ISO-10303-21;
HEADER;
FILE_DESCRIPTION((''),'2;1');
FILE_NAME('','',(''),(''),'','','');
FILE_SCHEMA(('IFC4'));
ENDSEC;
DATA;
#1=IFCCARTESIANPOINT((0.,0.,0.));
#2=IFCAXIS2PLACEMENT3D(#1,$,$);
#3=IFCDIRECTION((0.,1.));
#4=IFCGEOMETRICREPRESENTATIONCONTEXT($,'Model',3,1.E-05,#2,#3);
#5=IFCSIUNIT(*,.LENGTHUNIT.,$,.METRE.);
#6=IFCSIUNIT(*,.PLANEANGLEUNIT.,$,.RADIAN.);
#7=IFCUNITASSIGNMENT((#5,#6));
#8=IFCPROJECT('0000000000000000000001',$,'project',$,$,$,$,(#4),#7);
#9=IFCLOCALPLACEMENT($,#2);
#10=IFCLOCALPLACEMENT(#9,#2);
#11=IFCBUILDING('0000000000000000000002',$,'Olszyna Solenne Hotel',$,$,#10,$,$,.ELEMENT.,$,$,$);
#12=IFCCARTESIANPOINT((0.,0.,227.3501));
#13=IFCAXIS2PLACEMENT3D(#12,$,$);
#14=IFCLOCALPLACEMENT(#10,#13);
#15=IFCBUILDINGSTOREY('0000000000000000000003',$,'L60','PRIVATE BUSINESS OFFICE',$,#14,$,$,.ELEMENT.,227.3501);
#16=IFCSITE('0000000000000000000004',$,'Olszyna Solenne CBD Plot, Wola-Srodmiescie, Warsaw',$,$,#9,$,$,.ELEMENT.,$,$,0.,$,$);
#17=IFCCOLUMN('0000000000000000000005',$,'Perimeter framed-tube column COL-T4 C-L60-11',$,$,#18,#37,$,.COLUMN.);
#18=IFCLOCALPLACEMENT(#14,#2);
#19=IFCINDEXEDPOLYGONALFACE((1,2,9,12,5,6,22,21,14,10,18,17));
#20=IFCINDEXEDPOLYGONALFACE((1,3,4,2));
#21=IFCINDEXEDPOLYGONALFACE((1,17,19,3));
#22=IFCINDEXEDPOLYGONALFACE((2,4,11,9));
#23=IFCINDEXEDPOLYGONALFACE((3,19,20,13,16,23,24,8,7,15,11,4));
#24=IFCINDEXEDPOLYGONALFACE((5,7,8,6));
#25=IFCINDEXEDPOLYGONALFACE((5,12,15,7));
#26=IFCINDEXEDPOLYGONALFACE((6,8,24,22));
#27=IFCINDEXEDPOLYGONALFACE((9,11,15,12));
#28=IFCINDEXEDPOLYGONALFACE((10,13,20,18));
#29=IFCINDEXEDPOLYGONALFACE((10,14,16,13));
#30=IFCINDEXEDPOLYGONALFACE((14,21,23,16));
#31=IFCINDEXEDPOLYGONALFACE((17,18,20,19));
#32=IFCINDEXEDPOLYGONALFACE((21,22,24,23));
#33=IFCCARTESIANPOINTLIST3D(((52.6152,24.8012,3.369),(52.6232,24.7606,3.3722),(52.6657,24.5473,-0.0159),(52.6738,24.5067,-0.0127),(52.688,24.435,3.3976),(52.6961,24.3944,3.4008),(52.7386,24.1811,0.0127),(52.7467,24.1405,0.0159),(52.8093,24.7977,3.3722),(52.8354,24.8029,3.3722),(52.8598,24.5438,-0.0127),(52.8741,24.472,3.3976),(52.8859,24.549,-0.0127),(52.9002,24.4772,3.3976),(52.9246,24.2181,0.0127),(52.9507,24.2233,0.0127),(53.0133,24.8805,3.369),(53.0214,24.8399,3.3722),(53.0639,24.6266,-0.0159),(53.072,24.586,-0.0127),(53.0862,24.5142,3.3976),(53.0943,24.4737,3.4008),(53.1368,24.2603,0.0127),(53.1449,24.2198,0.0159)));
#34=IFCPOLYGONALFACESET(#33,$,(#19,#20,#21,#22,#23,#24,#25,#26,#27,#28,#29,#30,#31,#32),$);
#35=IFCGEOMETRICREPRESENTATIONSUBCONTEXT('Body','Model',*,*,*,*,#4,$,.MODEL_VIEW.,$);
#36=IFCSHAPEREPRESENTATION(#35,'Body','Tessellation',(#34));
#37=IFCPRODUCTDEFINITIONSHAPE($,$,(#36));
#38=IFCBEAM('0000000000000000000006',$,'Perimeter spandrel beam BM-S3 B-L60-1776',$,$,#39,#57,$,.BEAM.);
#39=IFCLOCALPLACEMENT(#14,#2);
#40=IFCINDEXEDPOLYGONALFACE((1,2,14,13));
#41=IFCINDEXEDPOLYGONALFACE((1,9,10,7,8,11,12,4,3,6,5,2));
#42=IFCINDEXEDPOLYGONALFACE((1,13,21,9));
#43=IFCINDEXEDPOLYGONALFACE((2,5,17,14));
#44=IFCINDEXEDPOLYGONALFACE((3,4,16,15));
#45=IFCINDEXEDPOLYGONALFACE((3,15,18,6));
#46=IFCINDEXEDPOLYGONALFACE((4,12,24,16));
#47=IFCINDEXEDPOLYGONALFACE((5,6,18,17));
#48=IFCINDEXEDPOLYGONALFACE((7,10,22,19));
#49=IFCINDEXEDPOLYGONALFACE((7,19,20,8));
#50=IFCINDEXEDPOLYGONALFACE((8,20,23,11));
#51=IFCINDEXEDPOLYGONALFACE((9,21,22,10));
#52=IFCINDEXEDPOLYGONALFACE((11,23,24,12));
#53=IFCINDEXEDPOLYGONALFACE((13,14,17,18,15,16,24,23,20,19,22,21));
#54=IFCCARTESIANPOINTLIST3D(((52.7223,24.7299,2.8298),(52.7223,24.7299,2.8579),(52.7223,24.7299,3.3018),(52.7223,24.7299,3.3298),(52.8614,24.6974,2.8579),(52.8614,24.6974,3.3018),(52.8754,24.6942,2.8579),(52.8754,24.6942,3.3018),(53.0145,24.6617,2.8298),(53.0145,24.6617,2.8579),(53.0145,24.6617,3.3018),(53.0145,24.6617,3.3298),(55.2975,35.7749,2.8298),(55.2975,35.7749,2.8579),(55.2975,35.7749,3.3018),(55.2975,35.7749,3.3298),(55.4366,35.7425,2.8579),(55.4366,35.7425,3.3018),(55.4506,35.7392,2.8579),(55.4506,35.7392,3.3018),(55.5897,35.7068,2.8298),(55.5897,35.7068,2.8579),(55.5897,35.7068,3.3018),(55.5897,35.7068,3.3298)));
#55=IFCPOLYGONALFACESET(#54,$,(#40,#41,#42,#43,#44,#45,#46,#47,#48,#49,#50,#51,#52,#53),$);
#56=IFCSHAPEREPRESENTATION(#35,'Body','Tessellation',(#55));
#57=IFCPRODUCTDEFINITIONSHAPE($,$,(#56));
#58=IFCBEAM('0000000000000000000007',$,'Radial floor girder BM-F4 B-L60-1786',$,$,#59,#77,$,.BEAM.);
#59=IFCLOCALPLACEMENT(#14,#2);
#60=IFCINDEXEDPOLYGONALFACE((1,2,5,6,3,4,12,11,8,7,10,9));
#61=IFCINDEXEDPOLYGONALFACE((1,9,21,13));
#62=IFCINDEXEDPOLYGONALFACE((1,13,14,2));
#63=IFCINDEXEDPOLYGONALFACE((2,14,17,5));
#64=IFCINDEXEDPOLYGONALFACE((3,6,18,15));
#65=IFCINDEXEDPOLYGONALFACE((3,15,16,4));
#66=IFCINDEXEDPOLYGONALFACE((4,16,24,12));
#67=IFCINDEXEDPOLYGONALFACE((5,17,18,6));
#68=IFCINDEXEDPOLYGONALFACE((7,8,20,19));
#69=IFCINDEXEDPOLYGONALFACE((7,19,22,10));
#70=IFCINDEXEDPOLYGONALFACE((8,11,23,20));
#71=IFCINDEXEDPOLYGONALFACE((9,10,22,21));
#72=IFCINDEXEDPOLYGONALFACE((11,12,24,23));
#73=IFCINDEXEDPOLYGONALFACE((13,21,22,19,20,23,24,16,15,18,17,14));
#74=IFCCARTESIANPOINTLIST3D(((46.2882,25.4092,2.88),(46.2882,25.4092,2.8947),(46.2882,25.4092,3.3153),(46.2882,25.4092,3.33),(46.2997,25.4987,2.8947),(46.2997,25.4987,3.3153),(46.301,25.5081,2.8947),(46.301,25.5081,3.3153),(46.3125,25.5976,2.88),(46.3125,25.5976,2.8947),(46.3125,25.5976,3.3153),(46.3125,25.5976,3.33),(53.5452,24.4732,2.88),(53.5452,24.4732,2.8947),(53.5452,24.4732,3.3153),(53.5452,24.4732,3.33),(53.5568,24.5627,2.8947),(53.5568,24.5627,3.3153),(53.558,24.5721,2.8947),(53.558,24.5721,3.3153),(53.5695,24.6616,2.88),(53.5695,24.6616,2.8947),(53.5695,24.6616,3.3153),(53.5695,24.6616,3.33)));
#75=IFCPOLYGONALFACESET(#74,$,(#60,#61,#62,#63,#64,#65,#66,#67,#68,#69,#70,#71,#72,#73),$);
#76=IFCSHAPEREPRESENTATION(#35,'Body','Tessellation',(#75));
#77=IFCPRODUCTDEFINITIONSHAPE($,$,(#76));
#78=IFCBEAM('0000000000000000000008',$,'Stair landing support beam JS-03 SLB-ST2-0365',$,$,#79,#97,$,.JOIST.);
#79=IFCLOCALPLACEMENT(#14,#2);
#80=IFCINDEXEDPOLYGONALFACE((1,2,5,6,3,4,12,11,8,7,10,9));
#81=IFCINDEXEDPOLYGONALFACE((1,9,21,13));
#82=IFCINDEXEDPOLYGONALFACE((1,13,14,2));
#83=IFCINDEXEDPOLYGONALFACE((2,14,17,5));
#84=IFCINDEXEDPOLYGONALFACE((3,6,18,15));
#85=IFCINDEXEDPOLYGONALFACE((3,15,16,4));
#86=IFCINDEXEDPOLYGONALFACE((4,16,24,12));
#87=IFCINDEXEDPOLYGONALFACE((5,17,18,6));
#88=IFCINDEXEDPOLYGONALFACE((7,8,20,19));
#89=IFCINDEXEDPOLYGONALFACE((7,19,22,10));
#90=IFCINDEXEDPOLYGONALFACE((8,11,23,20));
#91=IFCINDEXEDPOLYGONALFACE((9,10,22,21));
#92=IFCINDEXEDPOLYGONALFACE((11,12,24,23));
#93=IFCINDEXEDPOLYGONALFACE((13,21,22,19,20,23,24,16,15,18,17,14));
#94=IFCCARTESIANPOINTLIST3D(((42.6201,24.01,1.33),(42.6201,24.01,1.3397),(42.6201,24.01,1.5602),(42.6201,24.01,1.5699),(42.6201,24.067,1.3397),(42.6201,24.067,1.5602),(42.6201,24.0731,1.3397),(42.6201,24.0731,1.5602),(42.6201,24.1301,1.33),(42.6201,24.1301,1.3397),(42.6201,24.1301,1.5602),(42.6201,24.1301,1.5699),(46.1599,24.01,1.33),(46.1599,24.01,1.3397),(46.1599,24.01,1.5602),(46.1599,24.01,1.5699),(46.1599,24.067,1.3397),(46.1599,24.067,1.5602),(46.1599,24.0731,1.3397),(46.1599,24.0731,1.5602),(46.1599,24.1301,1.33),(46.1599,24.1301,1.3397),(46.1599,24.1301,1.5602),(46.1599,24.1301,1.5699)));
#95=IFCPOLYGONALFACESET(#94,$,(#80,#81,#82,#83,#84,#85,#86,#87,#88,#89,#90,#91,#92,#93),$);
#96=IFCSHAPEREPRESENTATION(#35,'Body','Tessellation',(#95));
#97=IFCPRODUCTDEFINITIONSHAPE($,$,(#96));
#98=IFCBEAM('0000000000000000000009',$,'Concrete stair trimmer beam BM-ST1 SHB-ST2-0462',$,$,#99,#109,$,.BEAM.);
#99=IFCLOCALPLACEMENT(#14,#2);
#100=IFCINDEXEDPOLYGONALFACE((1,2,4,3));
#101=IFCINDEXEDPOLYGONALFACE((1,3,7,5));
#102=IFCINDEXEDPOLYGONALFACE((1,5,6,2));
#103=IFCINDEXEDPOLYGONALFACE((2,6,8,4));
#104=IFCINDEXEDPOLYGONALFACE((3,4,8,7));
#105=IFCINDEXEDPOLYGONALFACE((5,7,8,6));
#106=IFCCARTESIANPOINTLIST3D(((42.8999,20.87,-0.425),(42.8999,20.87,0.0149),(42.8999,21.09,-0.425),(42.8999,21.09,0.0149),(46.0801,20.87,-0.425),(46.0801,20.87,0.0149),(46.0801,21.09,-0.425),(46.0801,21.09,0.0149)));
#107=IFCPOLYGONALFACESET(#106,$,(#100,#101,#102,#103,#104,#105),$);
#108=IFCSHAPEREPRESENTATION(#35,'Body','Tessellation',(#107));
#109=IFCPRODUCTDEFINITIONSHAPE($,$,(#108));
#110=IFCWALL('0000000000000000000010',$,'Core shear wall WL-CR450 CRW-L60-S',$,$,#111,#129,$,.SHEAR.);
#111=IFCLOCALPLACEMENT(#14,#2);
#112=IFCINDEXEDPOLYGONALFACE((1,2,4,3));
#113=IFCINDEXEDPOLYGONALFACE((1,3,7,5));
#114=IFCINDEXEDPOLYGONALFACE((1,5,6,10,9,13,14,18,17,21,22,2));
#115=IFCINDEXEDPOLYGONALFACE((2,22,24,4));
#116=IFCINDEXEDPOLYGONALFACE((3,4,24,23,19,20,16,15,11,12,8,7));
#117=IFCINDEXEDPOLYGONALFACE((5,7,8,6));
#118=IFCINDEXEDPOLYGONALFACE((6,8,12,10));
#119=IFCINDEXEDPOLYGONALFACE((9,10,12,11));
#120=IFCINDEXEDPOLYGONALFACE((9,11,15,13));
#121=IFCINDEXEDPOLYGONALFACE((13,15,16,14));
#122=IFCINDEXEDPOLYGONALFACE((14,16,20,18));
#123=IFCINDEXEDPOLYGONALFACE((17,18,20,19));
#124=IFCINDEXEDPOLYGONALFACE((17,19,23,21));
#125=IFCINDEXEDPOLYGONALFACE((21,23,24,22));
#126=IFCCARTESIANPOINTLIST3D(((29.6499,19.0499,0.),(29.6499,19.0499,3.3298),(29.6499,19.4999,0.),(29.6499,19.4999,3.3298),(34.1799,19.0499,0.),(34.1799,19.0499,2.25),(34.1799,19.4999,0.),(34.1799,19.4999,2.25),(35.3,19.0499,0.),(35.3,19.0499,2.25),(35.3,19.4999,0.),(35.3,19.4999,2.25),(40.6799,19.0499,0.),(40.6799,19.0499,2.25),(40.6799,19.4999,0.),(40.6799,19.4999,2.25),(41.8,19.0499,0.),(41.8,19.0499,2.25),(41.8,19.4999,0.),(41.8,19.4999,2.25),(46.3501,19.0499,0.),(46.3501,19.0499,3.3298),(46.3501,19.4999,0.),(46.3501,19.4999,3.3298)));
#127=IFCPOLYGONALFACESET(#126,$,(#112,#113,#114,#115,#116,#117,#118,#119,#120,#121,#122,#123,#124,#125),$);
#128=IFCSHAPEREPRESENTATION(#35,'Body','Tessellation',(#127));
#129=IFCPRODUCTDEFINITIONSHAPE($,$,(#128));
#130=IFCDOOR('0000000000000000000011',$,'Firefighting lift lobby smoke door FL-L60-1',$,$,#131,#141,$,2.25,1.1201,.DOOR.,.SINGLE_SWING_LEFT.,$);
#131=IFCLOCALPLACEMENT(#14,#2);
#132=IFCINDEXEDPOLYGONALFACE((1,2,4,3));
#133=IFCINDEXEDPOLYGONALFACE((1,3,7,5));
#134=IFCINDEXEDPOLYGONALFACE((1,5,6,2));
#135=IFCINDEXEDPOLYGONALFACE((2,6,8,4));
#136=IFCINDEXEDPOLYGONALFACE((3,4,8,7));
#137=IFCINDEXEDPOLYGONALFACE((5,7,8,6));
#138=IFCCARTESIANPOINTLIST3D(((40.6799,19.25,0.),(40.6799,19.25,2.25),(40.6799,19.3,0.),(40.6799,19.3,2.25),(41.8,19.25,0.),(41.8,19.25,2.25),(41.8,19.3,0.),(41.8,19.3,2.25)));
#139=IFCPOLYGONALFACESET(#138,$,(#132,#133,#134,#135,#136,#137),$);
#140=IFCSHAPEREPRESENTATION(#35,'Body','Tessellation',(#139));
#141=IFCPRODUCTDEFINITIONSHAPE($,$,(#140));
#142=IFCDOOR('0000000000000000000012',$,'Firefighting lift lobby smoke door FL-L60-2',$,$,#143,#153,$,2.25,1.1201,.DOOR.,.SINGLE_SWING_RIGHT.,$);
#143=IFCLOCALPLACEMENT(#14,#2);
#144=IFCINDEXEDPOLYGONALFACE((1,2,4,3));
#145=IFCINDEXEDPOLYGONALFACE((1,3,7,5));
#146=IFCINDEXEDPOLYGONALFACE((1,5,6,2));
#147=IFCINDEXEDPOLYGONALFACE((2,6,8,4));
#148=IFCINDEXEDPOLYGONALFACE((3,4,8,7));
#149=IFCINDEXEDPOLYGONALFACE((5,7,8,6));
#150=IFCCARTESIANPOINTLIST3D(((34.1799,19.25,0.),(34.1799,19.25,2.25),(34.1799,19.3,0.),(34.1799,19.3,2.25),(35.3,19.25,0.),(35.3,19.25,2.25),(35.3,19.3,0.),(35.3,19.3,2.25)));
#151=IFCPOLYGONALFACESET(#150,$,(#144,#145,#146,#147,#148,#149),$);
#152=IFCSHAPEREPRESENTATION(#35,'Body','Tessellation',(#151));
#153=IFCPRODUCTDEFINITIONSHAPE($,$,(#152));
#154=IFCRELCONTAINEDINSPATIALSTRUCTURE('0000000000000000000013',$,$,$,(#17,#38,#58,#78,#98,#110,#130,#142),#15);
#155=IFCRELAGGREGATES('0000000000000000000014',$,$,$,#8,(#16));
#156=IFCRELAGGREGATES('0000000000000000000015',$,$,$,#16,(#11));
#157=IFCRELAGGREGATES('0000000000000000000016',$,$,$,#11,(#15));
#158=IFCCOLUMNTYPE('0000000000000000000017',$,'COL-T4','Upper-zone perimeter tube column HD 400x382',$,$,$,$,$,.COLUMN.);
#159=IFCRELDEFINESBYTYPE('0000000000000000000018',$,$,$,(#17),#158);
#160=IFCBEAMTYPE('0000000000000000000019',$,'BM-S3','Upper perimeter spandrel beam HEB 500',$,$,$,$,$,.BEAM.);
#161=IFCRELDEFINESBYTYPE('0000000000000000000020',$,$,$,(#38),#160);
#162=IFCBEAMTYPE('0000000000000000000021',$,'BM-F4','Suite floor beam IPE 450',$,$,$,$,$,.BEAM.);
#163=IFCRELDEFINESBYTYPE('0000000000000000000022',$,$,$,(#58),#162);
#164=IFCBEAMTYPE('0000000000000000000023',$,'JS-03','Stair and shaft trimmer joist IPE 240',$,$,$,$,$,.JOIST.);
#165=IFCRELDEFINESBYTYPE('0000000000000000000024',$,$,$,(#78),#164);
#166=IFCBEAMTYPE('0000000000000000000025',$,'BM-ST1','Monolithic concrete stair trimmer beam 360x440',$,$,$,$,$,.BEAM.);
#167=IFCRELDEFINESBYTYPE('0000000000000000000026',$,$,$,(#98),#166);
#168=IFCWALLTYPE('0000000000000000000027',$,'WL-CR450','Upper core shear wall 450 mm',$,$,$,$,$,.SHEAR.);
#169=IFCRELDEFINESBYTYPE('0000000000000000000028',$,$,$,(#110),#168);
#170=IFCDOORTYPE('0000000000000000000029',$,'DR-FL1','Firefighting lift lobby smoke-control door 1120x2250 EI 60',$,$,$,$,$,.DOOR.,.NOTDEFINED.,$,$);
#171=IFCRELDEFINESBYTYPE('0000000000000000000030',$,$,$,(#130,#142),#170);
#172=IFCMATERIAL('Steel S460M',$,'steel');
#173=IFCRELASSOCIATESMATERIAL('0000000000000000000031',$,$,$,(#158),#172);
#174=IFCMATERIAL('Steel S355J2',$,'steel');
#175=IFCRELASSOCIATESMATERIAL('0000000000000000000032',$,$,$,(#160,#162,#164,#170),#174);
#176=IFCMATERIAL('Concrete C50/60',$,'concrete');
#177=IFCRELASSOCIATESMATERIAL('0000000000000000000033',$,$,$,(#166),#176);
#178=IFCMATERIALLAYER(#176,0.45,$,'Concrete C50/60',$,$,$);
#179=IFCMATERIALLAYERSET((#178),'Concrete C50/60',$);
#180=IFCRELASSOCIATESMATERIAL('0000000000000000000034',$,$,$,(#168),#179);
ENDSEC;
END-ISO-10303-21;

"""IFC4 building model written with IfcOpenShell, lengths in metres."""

from ifc_helpers import new_model, si_unit, direction, frame, frame_2d, origin, origin_2d, place, context, subcontext, project, spatial, rectangle, i_section, extrude, source, transform, mapped, material, layer, layer_set, material_profile, profile_set, type_object, type_shapes, element, fill, save


model = new_model("IFC4")

# Units and contexts
model_context = context("Model", 3, precision=1e-05, world=origin(), true_north=direction((0.0, 1.0)))
body_context = subcontext(model_context, "Body", "Model", "MODEL_VIEW")
ifc_project = project(units=[si_unit("LENGTHUNIT", "METRE"), si_unit("PLANEANGLEUNIT", "RADIAN")], contexts=[model_context])

# Site, building, storey
site_placement = place(None, origin())
site = spatial("IfcSite", under=ifc_project, at=site_placement, Name="Olszyna Solenne CBD Plot, Wola-Srodmiescie, Warsaw", CompositionType="ELEMENT", RefElevation=0.0)
building_placement = place(site_placement, origin())
building = spatial("IfcBuilding", under=site, at=building_placement, Name="Olszyna Solenne Hotel", CompositionType="ELEMENT")
storey_placement = place(building_placement, frame((0.0, 0.0, 227.3501)))
storey = spatial("IfcBuildingStorey", under=building, at=storey_placement, Name="L60", Description="PRIVATE BUSINESS OFFICE", CompositionType="ELEMENT", Elevation=227.3501)

# Column
ifc_material_1 = material(Name="Steel S460M", Category="steel")
ifc_material_profile_1 = material_profile(ifc_material_1, i_section(OverallWidth=0.406, OverallDepth=0.416, WebThickness=0.0266, FlangeThickness=0.0415, at=origin_2d()), Name="HD 400x382", Category="load-bearing")
ifc_profile_set_1 = profile_set([ifc_material_profile_1], Name="Steel S460M")
column_type = type_object("IfcColumnType", Name="COL-T4", Description="Upper-zone perimeter tube column HD 400x382", PredefinedType="COLUMN", material=ifc_profile_set_1)
shared_shape_1 = source(origin(), body_context, "Body", "SweptSolid", [
    extrude(i_section(OverallWidth=0.406, OverallDepth=0.416, WebThickness=0.0266, FlangeThickness=0.0415, at=origin_2d()), origin(), (0.0, 0.0, 1.0), 3.3948),
])
column_placement = place(storey_placement, frame((52.9053, 24.3835, 0.0), z_axis=(-0.014886, 0.074791, 0.997088), x_axis=(-0.980762, -0.195209, 0.0)))
element("IfcColumn", 1, at=column_placement, inside=storey, type_object=column_type, Name="Perimeter framed-tube column COL-T4 C-L60-11", PredefinedType="COLUMN", context=body_context, shape_type="MappedRepresentation", body=[
    mapped(shared_shape_1, transform((0.0, 0.0, 0.0), x_axis=(1.0, 0.0, 0.0), y_axis=(0.0, 1.0, 0.0), z_axis=(0.0, 0.0, 1.0), scale=1.0)),
])

# Beams
ifc_material_2 = material(Name="Steel S355J2", Category="steel")
ifc_material_profile_2 = material_profile(ifc_material_2, i_section(OverallWidth=0.3, OverallDepth=0.5, WebThickness=0.0144, FlangeThickness=0.0281, at=origin_2d()), Name="HEB 500", Category="load-bearing")
ifc_profile_set_2 = profile_set([ifc_material_profile_2], Name="Steel S355J2")
beam_type_1 = type_object("IfcBeamType", Name="BM-S3", Description="Upper perimeter spandrel beam HEB 500", PredefinedType="BEAM", material=ifc_profile_set_2)
shared_shape_2 = source(origin(), body_context, "Body", "SweptSolid", [
    extrude(i_section(OverallWidth=0.3, OverallDepth=0.5, WebThickness=0.0144, FlangeThickness=0.0281, at=origin_2d()), origin(), (0.0, 0.0, 1.0), 11.3413),
])
beam_1_placement = place(storey_placement, frame((52.8684, 24.6958, 3.0798), z_axis=(0.227062, 0.97388, 0.0), x_axis=(-0.97388, 0.227062, 0.0)))
element("IfcBeam", 2, at=beam_1_placement, inside=storey, type_object=beam_type_1, Name="Perimeter spandrel beam BM-S3 B-L60-1776", PredefinedType="BEAM", context=body_context, shape_type="MappedRepresentation", body=[
    mapped(shared_shape_2, transform((0.0, 0.0, 0.0), x_axis=(1.0, 0.0, 0.0), y_axis=(0.0, 1.0, 0.0), z_axis=(0.0, 0.0, 1.0), scale=1.0)),
])
ifc_material_profile_3 = material_profile(ifc_material_2, i_section(OverallWidth=0.1899, OverallDepth=0.45, WebThickness=0.0095, FlangeThickness=0.0146, at=origin_2d()), Name="IPE 450", Category="load-bearing")
ifc_profile_set_3 = profile_set([ifc_material_profile_3], Name="Steel S355J2")
beam_type_2 = type_object("IfcBeamType", Name="BM-F4", Description="Suite floor beam IPE 450", PredefinedType="BEAM", material=ifc_profile_set_3)
shared_shape_3 = source(origin(), body_context, "Body", "SweptSolid", [
    extrude(i_section(OverallWidth=0.1899, OverallDepth=0.45, WebThickness=0.0095, FlangeThickness=0.0146, at=origin_2d()), origin(), (0.0, 0.0, 1.0), 7.3171),
])
beam_2_placement = place(storey_placement, frame((53.5574, 24.5674, 3.105), z_axis=(-0.991784, 0.127923, 0.0), x_axis=(-0.127923, -0.991784, 0.0)))
element("IfcBeam", 3, at=beam_2_placement, inside=storey, type_object=beam_type_2, Name="Radial floor girder BM-F4 B-L60-1786", PredefinedType="BEAM", context=body_context, shape_type="MappedRepresentation", body=[
    mapped(shared_shape_3, transform((0.0, 0.0, 0.0), x_axis=(1.0, 0.0, 0.0), y_axis=(0.0, 1.0, 0.0), z_axis=(0.0, 0.0, 1.0), scale=1.0)),
])
ifc_material_profile_4 = material_profile(ifc_material_2, i_section(OverallWidth=0.1201, OverallDepth=0.24, WebThickness=0.0061, FlangeThickness=0.0098, at=origin_2d()), Name="IPE 240", Category="load-bearing")
ifc_profile_set_4 = profile_set([ifc_material_profile_4], Name="Steel S355J2")
beam_type_3 = type_object("IfcBeamType", Name="JS-03", Description="Stair and shaft trimmer joist IPE 240", PredefinedType="JOIST", material=ifc_profile_set_4)
shared_shape_4 = source(origin(), body_context, "Body", "SweptSolid", [
    extrude(i_section(OverallWidth=0.1201, OverallDepth=0.24, WebThickness=0.0061, FlangeThickness=0.0098, at=origin_2d()), origin(), (0.0, 0.0, 1.0), 3.5398),
])
beam_3_placement = place(storey_placement, frame((46.1599, 24.0701, 1.45), z_axis=(-1.0, 0.0, 0.0), x_axis=(0.0, -1.0, 0.0)))
element("IfcBeam", 4, at=beam_3_placement, inside=storey, type_object=beam_type_3, Name="Stair landing support beam JS-03 SLB-ST2-0365", PredefinedType="JOIST", context=body_context, shape_type="MappedRepresentation", body=[
    mapped(shared_shape_4, transform((0.0, 0.0, 0.0), x_axis=(1.0, 0.0, 0.0), y_axis=(0.0, 1.0, 0.0), z_axis=(0.0, 0.0, 1.0), scale=1.0)),
])
ifc_material_3 = material(Name="Concrete C50/60", Category="concrete")
ifc_material_profile_5 = material_profile(ifc_material_3, rectangle(XDim=0.22, YDim=0.4399, at=origin_2d()), Name="RC 220x440", Category="load-bearing")
ifc_profile_set_5 = profile_set([ifc_material_profile_5], Name="Concrete C50/60")
beam_type_4 = type_object("IfcBeamType", Name="BM-ST1", Description="Monolithic concrete stair trimmer beam 360x440", PredefinedType="BEAM", material=ifc_profile_set_5)
shared_shape_5 = source(origin(), body_context, "Body", "SweptSolid", [
    extrude(rectangle(XDim=0.22, YDim=0.4399, at=origin_2d()), origin(), (0.0, 0.0, 1.0), 3.1802),
])
beam_4_placement = place(storey_placement, frame((46.0801, 20.98, -0.2051), z_axis=(-1.0, 0.0, 0.0), x_axis=(0.0, -1.0, 0.0)))
element("IfcBeam", 5, at=beam_4_placement, inside=storey, type_object=beam_type_4, Name="Concrete stair trimmer beam BM-ST1 SHB-ST2-0462", PredefinedType="BEAM", context=body_context, shape_type="MappedRepresentation", body=[
    mapped(shared_shape_5, transform((0.0, 0.0, 0.0), x_axis=(1.0, 0.0, 0.0), y_axis=(0.0, 1.0, 0.0), z_axis=(0.0, 0.0, 1.0), scale=1.0)),
])

# Wall, openings, doors
ifc_layer_1 = layer(ifc_material_3, 0.45, Name="Concrete C50/60")
ifc_layer_set_1 = layer_set([ifc_layer_1], Name="Concrete C50/60")
wall_type_1 = type_object("IfcWallType", Name="WL-CR450", Description="Upper core shear wall 450 mm", PredefinedType="SHEAR", material=ifc_layer_set_1)
wall_1_placement = place(storey_placement, frame((46.3501, 19.2749, 0.0), z_axis=(0.0, 0.0, 1.0), x_axis=(-1.0, 0.0, 0.0)))
wall_1 = element("IfcWall", 6, at=wall_1_placement, inside=storey, type_object=wall_type_1, Name="Core shear wall WL-CR450 CRW-L60-S", PredefinedType="SHEAR", context=body_context, shape_type="SweptSolid", body=[
    extrude(rectangle(XDim=16.7002, YDim=0.45, at=frame_2d((8.3501, 0.0))), origin(), (0.0, 0.0, 1.0), 3.3298),
])
opening_1_placement = place(wall_1_placement, frame((4.55, 0.0, 0.0)))
opening_1 = element("IfcOpeningElement", 7, at=opening_1_placement, cuts=wall_1, PredefinedType="OPENING", context=body_context, shape_type="SweptSolid", body=[
    extrude(rectangle(XDim=1.1201, YDim=2.25, at=frame_2d((0.5601, 1.125))), frame((0.0, 0.2349, 0.0), z_axis=(0.0, -1.0, 0.0), x_axis=(1.0, 0.0, 0.0)), (0.0, 0.0, 1.0), 0.47),
])
opening_2_placement = place(wall_1_placement, frame((11.05, 0.0, 0.0)))
opening_2 = element("IfcOpeningElement", 8, at=opening_2_placement, cuts=wall_1, PredefinedType="OPENING", context=body_context, shape_type="SweptSolid", body=[
    extrude(rectangle(XDim=1.1201, YDim=2.25, at=frame_2d((0.5601, 1.125))), frame((0.0, 0.2349, 0.0), z_axis=(0.0, -1.0, 0.0), x_axis=(1.0, 0.0, 0.0)), (0.0, 0.0, 1.0), 0.47),
])
door_type_1 = type_object("IfcDoorType", Name="DR-FL1", Description="Firefighting lift lobby smoke-control door 1120x2250 EI 60", OperationType="NOTDEFINED", PredefinedType="DOOR", material=ifc_material_2)
shared_shape_6 = source(origin(), body_context, "Body", "SweptSolid", [
    extrude(rectangle(XDim=1.1201, YDim=2.25, at=frame_2d((0.5601, 1.125))), frame((0.0, 0.0249, 0.0), z_axis=(0.0, -1.0, 0.0), x_axis=(1.0, 0.0, 0.0)), (0.0, 0.0, 1.0), 0.05),
])
type_shapes(door_type_1, [shared_shape_6])
door_1_placement = place(opening_1_placement, origin())
door_1 = element("IfcDoor", 9, at=door_1_placement, inside=storey, type_object=door_type_1, Name="Firefighting lift lobby smoke door FL-L60-1", OperationType="SINGLE_SWING_LEFT", OverallHeight=2.25, OverallWidth=1.1201, PredefinedType="DOOR", context=body_context, shape_type="MappedRepresentation", body=[
    mapped(shared_shape_6, transform((0.0, 0.0, 0.0), x_axis=(1.0, 0.0, 0.0), y_axis=(0.0, 1.0, 0.0), z_axis=(0.0, 0.0, 1.0), scale=1.0)),
])
fill(opening_1, door_1)
door_2_placement = place(opening_2_placement, origin())
door_2 = element("IfcDoor", 10, at=door_2_placement, inside=storey, type_object=door_type_1, Name="Firefighting lift lobby smoke door FL-L60-2", OperationType="SINGLE_SWING_RIGHT", OverallHeight=2.25, OverallWidth=1.1201, PredefinedType="DOOR", context=body_context, shape_type="MappedRepresentation", body=[
    mapped(shared_shape_6, transform((0.0, 0.0, 0.0), x_axis=(1.0, 0.0, 0.0), y_axis=(0.0, 1.0, 0.0), z_axis=(0.0, 0.0, 1.0), scale=1.0)),
])
fill(opening_2, door_2)

save(model, "model.ifc")
